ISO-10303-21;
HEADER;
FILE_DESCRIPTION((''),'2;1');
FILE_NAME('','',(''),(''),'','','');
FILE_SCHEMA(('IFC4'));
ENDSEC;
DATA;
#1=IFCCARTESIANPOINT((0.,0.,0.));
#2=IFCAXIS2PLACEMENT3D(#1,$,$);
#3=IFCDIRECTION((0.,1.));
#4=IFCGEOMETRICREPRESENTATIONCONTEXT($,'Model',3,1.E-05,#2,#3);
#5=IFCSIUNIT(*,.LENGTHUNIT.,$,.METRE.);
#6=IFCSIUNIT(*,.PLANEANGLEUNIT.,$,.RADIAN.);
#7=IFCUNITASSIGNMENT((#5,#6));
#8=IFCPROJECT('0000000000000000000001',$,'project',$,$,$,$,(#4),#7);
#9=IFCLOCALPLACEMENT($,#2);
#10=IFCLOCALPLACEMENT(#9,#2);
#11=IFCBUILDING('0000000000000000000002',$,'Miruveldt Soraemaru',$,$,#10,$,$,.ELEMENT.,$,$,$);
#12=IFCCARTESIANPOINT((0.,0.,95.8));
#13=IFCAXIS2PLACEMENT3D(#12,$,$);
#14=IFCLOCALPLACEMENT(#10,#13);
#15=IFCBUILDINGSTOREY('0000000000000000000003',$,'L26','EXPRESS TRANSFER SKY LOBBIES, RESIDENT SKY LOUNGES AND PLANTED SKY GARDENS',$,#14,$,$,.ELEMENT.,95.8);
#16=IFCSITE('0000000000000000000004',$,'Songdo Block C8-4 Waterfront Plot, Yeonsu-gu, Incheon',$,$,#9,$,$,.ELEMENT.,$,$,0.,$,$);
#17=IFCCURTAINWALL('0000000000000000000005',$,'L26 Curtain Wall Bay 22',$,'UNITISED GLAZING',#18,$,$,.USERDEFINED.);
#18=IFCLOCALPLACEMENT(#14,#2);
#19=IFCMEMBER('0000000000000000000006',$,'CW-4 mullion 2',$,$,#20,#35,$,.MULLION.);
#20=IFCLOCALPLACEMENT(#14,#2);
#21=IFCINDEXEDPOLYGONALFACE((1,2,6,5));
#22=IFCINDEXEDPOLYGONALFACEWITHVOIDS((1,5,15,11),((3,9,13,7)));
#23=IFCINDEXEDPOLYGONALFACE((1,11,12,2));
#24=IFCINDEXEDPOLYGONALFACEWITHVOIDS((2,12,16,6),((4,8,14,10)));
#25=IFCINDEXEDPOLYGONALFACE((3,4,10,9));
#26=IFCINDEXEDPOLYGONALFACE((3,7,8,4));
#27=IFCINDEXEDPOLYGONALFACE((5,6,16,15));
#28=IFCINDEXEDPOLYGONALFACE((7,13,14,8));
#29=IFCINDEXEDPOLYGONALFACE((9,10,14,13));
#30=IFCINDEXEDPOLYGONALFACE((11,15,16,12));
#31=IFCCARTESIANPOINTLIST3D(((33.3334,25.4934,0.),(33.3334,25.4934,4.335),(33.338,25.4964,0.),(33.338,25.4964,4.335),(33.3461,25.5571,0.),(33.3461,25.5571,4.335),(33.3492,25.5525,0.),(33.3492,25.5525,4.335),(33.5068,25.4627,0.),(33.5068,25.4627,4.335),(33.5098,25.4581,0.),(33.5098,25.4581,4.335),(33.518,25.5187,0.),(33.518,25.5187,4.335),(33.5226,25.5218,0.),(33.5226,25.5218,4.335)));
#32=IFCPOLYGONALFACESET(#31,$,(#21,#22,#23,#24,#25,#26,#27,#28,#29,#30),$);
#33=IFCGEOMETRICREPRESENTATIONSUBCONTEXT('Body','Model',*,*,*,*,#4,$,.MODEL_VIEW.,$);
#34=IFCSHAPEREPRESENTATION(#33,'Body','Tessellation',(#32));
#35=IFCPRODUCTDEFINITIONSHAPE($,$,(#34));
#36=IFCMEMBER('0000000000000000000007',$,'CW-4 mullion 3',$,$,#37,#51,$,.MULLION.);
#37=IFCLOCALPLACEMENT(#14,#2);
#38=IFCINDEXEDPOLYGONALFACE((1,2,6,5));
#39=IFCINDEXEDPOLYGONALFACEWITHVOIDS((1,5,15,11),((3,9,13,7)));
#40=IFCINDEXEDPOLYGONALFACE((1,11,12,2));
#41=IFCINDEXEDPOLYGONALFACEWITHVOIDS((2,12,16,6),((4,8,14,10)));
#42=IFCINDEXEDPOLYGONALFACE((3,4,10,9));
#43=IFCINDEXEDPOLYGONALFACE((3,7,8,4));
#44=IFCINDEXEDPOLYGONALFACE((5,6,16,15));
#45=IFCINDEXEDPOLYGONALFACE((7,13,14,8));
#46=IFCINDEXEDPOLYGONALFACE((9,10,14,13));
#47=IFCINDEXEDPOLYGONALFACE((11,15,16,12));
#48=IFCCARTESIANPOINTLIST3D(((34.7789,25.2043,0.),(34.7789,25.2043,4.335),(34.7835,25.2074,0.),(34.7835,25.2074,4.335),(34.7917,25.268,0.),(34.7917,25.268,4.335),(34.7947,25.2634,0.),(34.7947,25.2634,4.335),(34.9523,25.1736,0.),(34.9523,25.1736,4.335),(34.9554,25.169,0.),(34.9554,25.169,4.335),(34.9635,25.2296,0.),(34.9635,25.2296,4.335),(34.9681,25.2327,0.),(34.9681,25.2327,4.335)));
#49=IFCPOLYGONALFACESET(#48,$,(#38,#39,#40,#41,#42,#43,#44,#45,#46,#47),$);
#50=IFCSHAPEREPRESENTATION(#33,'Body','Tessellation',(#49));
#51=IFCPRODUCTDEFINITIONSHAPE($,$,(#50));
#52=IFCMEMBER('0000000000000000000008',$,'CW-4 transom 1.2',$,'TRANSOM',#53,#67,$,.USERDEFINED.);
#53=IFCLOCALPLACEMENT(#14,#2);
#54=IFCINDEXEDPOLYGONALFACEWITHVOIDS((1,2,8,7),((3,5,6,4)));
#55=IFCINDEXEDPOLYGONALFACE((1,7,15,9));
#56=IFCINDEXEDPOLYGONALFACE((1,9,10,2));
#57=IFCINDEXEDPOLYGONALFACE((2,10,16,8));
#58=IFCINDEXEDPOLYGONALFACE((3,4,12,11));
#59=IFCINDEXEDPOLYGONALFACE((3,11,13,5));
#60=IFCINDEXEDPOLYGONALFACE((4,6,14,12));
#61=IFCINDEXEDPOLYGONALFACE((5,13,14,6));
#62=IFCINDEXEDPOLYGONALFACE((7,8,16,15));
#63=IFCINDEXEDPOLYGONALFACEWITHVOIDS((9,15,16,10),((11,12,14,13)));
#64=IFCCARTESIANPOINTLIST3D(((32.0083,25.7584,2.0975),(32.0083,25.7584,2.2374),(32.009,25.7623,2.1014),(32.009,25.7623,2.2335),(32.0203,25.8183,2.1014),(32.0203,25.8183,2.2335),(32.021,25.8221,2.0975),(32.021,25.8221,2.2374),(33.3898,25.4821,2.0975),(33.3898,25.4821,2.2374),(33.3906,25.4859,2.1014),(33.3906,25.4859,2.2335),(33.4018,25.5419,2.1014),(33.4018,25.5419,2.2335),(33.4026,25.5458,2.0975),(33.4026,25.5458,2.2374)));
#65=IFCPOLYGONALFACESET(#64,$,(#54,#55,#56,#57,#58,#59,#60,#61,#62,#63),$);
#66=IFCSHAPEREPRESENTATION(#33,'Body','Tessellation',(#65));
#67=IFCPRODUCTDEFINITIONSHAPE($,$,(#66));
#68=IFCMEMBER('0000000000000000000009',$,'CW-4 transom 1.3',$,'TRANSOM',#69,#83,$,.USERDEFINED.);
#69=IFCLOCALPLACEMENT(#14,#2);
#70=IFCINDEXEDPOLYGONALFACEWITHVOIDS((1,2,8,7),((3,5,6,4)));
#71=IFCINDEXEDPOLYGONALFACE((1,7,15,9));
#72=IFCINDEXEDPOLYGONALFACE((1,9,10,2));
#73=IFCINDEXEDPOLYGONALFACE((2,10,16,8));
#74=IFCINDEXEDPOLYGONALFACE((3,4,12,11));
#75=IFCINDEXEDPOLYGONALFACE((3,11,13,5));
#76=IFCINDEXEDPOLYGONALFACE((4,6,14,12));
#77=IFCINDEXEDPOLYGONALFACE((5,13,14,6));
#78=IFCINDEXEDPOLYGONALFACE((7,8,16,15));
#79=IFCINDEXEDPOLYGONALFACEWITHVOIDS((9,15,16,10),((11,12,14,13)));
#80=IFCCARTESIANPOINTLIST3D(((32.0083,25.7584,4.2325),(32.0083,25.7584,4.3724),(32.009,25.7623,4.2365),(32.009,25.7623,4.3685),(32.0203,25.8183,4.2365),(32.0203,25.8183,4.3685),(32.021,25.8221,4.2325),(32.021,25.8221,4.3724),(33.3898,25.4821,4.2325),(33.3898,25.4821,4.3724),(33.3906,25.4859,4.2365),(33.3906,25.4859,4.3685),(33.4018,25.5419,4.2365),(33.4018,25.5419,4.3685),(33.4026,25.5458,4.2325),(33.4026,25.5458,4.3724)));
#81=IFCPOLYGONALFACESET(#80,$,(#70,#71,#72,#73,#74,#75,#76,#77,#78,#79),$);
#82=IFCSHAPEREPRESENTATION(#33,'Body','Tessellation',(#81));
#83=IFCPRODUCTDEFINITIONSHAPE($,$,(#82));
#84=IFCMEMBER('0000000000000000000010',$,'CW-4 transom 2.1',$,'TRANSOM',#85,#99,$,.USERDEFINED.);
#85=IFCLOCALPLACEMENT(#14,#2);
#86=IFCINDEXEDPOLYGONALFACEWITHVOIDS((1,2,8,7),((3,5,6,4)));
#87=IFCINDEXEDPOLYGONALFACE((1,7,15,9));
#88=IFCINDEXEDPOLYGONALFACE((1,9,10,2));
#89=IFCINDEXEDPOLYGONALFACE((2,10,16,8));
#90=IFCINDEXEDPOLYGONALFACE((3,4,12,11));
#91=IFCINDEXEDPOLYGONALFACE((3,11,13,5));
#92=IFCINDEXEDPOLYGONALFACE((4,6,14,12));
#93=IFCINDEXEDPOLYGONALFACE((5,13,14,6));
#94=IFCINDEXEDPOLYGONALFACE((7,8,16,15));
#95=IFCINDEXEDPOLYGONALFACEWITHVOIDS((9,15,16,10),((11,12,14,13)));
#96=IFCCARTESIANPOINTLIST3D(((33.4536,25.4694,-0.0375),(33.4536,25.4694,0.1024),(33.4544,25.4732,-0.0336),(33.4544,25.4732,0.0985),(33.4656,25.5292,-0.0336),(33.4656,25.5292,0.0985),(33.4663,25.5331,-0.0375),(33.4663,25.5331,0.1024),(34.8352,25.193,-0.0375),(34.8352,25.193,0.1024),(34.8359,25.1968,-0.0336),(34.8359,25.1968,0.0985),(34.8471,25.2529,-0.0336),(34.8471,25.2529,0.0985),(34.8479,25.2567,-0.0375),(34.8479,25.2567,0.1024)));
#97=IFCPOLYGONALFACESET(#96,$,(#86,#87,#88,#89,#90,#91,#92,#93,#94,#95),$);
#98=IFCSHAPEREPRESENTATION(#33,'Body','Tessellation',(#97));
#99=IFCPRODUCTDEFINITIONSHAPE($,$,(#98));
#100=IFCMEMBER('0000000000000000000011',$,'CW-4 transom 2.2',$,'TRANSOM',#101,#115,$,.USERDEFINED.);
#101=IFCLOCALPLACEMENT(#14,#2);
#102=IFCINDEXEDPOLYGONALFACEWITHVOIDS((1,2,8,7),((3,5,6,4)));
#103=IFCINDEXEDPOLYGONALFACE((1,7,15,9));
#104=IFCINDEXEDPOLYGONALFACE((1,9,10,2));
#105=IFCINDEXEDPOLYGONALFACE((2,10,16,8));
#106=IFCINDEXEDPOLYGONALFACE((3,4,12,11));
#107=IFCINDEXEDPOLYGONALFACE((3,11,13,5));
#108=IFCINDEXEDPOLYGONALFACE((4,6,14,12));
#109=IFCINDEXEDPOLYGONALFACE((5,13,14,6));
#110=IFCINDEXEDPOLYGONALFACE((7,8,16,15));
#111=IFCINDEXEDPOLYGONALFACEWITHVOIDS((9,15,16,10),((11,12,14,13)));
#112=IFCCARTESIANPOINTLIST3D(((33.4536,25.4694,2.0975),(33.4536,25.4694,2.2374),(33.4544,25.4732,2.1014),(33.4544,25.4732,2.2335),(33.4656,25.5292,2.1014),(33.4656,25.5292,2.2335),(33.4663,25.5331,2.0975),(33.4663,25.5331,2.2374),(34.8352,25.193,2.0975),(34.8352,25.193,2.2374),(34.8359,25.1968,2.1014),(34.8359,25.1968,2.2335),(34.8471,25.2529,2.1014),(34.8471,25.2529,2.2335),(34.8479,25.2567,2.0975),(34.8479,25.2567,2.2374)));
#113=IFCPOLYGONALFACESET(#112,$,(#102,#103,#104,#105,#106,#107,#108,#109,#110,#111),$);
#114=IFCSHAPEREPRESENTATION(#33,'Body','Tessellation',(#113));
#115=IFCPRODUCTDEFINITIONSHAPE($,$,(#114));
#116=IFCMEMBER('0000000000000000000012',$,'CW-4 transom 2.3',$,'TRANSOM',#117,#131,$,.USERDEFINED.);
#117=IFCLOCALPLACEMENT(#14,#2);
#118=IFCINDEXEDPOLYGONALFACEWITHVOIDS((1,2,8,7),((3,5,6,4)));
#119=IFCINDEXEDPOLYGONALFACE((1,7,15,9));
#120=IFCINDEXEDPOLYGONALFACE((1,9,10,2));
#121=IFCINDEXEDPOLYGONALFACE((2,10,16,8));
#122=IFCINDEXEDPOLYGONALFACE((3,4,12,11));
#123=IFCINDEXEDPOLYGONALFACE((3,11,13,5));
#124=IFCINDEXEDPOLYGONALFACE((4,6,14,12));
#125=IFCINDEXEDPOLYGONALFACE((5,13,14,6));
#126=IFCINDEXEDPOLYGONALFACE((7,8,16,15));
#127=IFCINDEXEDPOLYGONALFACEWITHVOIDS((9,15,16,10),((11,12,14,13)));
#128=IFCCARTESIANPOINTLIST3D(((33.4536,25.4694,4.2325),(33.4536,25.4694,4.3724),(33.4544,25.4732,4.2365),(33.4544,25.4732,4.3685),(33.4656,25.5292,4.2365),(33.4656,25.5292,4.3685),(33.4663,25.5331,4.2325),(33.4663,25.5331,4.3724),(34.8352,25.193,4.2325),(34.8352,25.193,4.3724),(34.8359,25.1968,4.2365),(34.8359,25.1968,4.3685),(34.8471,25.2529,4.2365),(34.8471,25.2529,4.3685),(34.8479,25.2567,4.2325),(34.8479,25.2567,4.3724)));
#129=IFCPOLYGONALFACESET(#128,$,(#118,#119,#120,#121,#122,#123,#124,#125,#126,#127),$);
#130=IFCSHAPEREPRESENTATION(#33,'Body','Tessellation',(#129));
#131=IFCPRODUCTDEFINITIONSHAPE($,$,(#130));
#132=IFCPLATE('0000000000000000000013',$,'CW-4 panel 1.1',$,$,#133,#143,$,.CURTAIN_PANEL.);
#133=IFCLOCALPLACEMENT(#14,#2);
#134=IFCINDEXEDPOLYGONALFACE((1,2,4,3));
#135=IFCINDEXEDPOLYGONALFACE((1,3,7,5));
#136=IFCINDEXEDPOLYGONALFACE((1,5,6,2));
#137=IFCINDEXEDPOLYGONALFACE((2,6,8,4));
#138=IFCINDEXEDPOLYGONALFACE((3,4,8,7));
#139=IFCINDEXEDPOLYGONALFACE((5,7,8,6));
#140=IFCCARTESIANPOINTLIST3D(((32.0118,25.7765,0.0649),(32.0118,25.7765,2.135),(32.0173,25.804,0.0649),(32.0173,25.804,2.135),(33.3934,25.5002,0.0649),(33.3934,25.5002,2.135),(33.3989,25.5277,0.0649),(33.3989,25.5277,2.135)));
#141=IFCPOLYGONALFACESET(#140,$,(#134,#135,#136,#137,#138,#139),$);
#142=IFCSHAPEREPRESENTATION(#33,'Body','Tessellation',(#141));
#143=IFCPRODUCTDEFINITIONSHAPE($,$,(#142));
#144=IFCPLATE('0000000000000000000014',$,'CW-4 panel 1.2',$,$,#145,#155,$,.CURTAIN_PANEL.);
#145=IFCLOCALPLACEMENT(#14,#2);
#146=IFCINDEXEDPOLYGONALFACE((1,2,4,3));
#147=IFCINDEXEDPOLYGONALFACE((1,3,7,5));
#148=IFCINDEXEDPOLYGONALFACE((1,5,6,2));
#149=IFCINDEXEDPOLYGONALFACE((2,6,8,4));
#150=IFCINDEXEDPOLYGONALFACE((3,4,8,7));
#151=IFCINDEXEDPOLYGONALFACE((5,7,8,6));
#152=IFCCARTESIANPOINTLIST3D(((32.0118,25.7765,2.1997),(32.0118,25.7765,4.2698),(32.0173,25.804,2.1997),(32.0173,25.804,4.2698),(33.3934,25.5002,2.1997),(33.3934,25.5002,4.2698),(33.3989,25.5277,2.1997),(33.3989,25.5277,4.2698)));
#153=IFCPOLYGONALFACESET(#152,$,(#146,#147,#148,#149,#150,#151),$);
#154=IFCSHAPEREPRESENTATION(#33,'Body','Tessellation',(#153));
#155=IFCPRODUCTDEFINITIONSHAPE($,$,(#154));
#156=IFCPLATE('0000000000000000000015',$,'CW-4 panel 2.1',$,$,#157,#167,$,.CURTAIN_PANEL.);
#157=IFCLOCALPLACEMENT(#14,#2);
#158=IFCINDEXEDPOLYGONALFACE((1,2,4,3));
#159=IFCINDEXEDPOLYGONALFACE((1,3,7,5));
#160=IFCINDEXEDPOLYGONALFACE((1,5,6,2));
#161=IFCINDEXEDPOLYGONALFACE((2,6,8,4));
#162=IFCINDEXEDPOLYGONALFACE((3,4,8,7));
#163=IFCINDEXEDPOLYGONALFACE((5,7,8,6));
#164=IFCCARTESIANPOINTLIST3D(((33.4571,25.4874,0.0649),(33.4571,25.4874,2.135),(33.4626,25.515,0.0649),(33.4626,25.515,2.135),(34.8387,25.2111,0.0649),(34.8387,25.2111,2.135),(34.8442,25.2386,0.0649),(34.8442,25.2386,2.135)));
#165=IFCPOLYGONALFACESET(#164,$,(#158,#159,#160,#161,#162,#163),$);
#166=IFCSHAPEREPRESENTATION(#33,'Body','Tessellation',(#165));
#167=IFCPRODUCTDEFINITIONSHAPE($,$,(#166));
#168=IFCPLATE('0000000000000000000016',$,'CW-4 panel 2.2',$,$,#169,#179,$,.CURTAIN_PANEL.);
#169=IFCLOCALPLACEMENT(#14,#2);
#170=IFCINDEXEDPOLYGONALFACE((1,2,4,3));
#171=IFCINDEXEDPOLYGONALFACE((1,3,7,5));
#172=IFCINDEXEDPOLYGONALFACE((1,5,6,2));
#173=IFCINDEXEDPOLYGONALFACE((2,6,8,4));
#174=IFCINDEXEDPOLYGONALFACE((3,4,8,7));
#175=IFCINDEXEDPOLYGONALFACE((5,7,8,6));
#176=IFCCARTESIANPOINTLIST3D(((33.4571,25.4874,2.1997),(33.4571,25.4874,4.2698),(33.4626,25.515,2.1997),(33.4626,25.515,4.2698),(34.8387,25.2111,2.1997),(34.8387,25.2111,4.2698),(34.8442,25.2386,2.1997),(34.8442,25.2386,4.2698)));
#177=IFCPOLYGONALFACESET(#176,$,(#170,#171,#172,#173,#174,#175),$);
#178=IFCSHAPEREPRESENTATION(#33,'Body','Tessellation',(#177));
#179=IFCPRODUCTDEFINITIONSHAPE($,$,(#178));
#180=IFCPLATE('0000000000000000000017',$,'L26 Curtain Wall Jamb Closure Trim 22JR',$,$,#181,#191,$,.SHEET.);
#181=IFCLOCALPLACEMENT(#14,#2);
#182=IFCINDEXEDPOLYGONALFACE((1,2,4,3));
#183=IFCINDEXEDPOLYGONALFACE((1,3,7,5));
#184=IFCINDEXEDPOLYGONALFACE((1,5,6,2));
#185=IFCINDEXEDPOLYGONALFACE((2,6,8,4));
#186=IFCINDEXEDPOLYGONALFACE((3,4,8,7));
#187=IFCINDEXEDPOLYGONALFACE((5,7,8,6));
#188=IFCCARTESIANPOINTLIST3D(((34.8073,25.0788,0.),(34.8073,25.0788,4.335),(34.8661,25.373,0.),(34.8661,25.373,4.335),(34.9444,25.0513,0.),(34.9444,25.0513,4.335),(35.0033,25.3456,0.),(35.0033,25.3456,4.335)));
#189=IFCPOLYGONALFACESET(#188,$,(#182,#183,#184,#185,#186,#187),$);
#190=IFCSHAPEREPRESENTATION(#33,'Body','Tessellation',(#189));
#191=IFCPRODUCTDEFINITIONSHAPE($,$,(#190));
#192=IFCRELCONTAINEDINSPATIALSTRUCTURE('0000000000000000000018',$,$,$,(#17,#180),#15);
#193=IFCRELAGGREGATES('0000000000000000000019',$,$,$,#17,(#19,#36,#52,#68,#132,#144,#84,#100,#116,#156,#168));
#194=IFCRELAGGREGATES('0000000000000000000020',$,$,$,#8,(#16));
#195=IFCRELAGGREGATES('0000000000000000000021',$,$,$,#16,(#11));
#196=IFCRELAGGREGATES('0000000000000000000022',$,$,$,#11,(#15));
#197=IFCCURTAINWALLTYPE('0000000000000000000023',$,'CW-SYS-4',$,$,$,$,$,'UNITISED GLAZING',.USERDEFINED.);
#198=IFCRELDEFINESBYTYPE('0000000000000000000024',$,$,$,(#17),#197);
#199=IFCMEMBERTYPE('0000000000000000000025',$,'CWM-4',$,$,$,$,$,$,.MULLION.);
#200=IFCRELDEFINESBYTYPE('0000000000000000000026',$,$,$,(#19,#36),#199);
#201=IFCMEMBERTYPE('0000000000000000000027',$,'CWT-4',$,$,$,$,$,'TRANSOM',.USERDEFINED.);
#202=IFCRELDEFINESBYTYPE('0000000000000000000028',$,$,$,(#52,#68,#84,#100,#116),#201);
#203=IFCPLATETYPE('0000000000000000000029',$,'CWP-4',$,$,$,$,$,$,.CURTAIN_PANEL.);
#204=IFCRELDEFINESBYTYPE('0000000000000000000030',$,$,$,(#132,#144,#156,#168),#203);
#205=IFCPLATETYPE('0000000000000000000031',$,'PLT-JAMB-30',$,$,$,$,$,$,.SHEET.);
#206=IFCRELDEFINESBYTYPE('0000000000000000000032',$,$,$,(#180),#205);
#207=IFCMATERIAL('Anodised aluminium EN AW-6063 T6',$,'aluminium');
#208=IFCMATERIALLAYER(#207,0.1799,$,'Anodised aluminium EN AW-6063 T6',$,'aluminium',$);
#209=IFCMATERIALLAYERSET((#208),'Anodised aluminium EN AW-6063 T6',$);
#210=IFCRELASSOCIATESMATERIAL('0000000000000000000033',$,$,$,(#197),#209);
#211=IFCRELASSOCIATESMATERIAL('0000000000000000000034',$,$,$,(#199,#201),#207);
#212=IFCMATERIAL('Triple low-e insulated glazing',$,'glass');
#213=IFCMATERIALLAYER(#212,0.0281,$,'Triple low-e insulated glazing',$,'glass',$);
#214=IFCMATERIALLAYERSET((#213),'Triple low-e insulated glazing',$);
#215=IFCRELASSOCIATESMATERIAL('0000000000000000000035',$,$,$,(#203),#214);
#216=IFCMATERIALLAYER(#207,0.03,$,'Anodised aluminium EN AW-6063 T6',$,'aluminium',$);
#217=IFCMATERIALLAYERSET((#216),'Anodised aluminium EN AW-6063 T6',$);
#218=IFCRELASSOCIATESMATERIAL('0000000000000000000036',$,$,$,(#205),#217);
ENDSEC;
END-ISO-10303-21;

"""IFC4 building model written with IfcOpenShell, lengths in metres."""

from ifc_helpers import new_model, si_unit, direction, frame, origin, origin_2d, place, context, subcontext, project, spatial, rectangle, hollow_rectangle, extrude, material, layer, layer_set, material_profile, profile_set, type_object, element, aggregate, save


model = new_model("IFC4")

# Units and contexts
model_context = context("Model", 3, precision=1e-05, world=origin(), true_north=direction((0.0, 1.0)))
body_context = subcontext(model_context, "Body", "Model", "MODEL_VIEW")
ifc_project = project(units=[si_unit("LENGTHUNIT", "METRE"), si_unit("PLANEANGLEUNIT", "RADIAN")], contexts=[model_context])

# Site, building, storey
site_placement = place(None, origin())
site = spatial("IfcSite", under=ifc_project, at=site_placement, Name="Songdo Block C8-4 Waterfront Plot, Yeonsu-gu, Incheon", CompositionType="ELEMENT", RefElevation=0.0)
building_placement = place(site_placement, origin())
building = spatial("IfcBuilding", under=site, at=building_placement, Name="Miruveldt Soraemaru", CompositionType="ELEMENT")
storey_placement = place(building_placement, frame((0.0, 0.0, 95.8)))
storey = spatial("IfcBuildingStorey", under=building, at=storey_placement, Name="L26", Description="EXPRESS TRANSFER SKY LOBBIES, RESIDENT SKY LOUNGES AND PLANTED SKY GARDENS", CompositionType="ELEMENT", Elevation=95.8)

# Curtain wall, members, plates
ifc_material_1 = material(Name="Anodised aluminium EN AW-6063 T6", Category="aluminium")
ifc_layer_1 = layer(ifc_material_1, 0.1799, Name="Anodised aluminium EN AW-6063 T6", Category="aluminium")
ifc_layer_set_1 = layer_set([ifc_layer_1], Name="Anodised aluminium EN AW-6063 T6")
curtain_wall_type = type_object("IfcCurtainWallType", Name="CW-SYS-4", ElementType="UNITISED GLAZING", PredefinedType="USERDEFINED", material=ifc_layer_set_1)
curtain_wall_placement = place(storey_placement, origin())
curtain_wall = element("IfcCurtainWall", 1, at=curtain_wall_placement, inside=storey, type_object=curtain_wall_type, Name="L26 Curtain Wall Bay 22", ObjectType="UNITISED GLAZING", PredefinedType="USERDEFINED")
ifc_material_profile_1 = material_profile(ifc_material_1, hollow_rectangle(XDim=0.0649, YDim=0.1799, WallThickness=0.0039, at=origin_2d()), Name="Anodised aluminium EN AW-6063 T6", Category="aluminium")
ifc_profile_set_1 = profile_set([ifc_material_profile_1], Name="Anodised aluminium EN AW-6063 T6")
member_type_1 = type_object("IfcMemberType", Name="CWM-4", PredefinedType="MULLION", material=ifc_profile_set_1)
member_1_placement = place(storey_placement, frame((33.428, 25.5076, 0.0), z_axis=(0.0, 0.0, 1.0), x_axis=(0.196116, 0.980581, 0.0)))
member_1 = element("IfcMember", 2, at=member_1_placement, type_object=member_type_1, Name="CW-4 mullion 2", PredefinedType="MULLION", context=body_context, shape_type="SweptSolid", body=[
    extrude(hollow_rectangle(XDim=0.0649, YDim=0.1799, WallThickness=0.0039, at=origin_2d()), origin(), (0.0, 0.0, 1.0), 4.335),
])
member_2_placement = place(storey_placement, frame((34.8735, 25.2185, 0.0), z_axis=(0.0, 0.0, 1.0), x_axis=(0.196116, 0.980581, 0.0)))
member_2 = element("IfcMember", 3, at=member_2_placement, type_object=member_type_1, Name="CW-4 mullion 3", PredefinedType="MULLION", context=body_context, shape_type="SweptSolid", body=[
    extrude(hollow_rectangle(XDim=0.0649, YDim=0.1799, WallThickness=0.0039, at=origin_2d()), origin(), (0.0, 0.0, 1.0), 4.335),
])
ifc_material_profile_2 = material_profile(ifc_material_1, hollow_rectangle(XDim=0.0649, YDim=0.1399, WallThickness=0.0039, at=origin_2d()), Name="Anodised aluminium EN AW-6063 T6", Category="aluminium")
ifc_profile_set_2 = profile_set([ifc_material_profile_2], Name="Anodised aluminium EN AW-6063 T6")
member_type_2 = type_object("IfcMemberType", Name="CWT-4", ElementType="TRANSOM", PredefinedType="USERDEFINED", material=ifc_profile_set_2)
member_3_placement = place(storey_placement, frame((32.0146, 25.7903, 2.1675), z_axis=(0.980574, -0.196149, 0.0), x_axis=(0.196149, 0.980574, 0.0)))
member_3 = element("IfcMember", 4, at=member_3_placement, type_object=member_type_2, Name="CW-4 transom 1.2", ObjectType="TRANSOM", PredefinedType="USERDEFINED", context=body_context, shape_type="SweptSolid", body=[
    extrude(hollow_rectangle(XDim=0.0649, YDim=0.1399, WallThickness=0.0039, at=origin_2d()), origin(), (0.0, 0.0, 1.0), 1.4089),
])
member_4_placement = place(storey_placement, frame((32.0146, 25.7903, 4.3025), z_axis=(0.980574, -0.196149, 0.0), x_axis=(0.196149, 0.980574, 0.0)))
member_4 = element("IfcMember", 5, at=member_4_placement, type_object=member_type_2, Name="CW-4 transom 1.3", ObjectType="TRANSOM", PredefinedType="USERDEFINED", context=body_context, shape_type="SweptSolid", body=[
    extrude(hollow_rectangle(XDim=0.0649, YDim=0.1399, WallThickness=0.0039, at=origin_2d()), origin(), (0.0, 0.0, 1.0), 1.4089),
])
member_5_placement = place(storey_placement, frame((33.46, 25.5012, 0.0325), z_axis=(0.980574, -0.196149, 0.0), x_axis=(0.196149, 0.980574, 0.0)))
member_5 = element("IfcMember", 6, at=member_5_placement, type_object=member_type_2, Name="CW-4 transom 2.1", ObjectType="TRANSOM", PredefinedType="USERDEFINED", context=body_context, shape_type="SweptSolid", body=[
    extrude(hollow_rectangle(XDim=0.0649, YDim=0.1399, WallThickness=0.0039, at=origin_2d()), origin(), (0.0, 0.0, 1.0), 1.4089),
])
member_6_placement = place(storey_placement, frame((33.46, 25.5012, 2.1675), z_axis=(0.980574, -0.196149, 0.0), x_axis=(0.196149, 0.980574, 0.0)))
member_6 = element("IfcMember", 7, at=member_6_placement, type_object=member_type_2, Name="CW-4 transom 2.2", ObjectType="TRANSOM", PredefinedType="USERDEFINED", context=body_context, shape_type="SweptSolid", body=[
    extrude(hollow_rectangle(XDim=0.0649, YDim=0.1399, WallThickness=0.0039, at=origin_2d()), origin(), (0.0, 0.0, 1.0), 1.4089),
])
member_7_placement = place(storey_placement, frame((33.46, 25.5012, 4.3025), z_axis=(0.980574, -0.196149, 0.0), x_axis=(0.196149, 0.980574, 0.0)))
member_7 = element("IfcMember", 8, at=member_7_placement, type_object=member_type_2, Name="CW-4 transom 2.3", ObjectType="TRANSOM", PredefinedType="USERDEFINED", context=body_context, shape_type="SweptSolid", body=[
    extrude(hollow_rectangle(XDim=0.0649, YDim=0.1399, WallThickness=0.0039, at=origin_2d()), origin(), (0.0, 0.0, 1.0), 1.4089),
])
ifc_material_2 = material(Name="Triple low-e insulated glazing", Category="glass")
ifc_layer_2 = layer(ifc_material_2, 0.0281, Name="Triple low-e insulated glazing", Category="glass")
ifc_layer_set_2 = layer_set([ifc_layer_2], Name="Triple low-e insulated glazing")
plate_type_1 = type_object("IfcPlateType", Name="CWP-4", PredefinedType="CURTAIN_PANEL", material=ifc_layer_set_2)
plate_1_placement = place(storey_placement, frame((32.7053, 25.6521, 0.0649), z_axis=(0.0, 0.0, 1.0), x_axis=(0.980581, -0.196116, 0.0)))
plate_1 = element("IfcPlate", 9, at=plate_1_placement, type_object=plate_type_1, Name="CW-4 panel 1.1", PredefinedType="CURTAIN_PANEL", context=body_context, shape_type="SweptSolid", body=[
    extrude(rectangle(XDim=1.4089, YDim=0.0281, at=origin_2d()), origin(), (0.0, 0.0, 1.0), 2.0701),
])
plate_2_placement = place(storey_placement, frame((32.7053, 25.6521, 2.1997), z_axis=(0.0, 0.0, 1.0), x_axis=(0.980581, -0.196116, 0.0)))
plate_2 = element("IfcPlate", 10, at=plate_2_placement, type_object=plate_type_1, Name="CW-4 panel 1.2", PredefinedType="CURTAIN_PANEL", context=body_context, shape_type="SweptSolid", body=[
    extrude(rectangle(XDim=1.4089, YDim=0.0281, at=origin_2d()), origin(), (0.0, 0.0, 1.0), 2.0701),
])
plate_3_placement = place(storey_placement, frame((34.1506, 25.363, 0.0649), z_axis=(0.0, 0.0, 1.0), x_axis=(0.980581, -0.196116, 0.0)))
plate_3 = element("IfcPlate", 11, at=plate_3_placement, type_object=plate_type_1, Name="CW-4 panel 2.1", PredefinedType="CURTAIN_PANEL", context=body_context, shape_type="SweptSolid", body=[
    extrude(rectangle(XDim=1.4089, YDim=0.0281, at=origin_2d()), origin(), (0.0, 0.0, 1.0), 2.0701),
])
plate_4_placement = place(storey_placement, frame((34.1506, 25.363, 2.1997), z_axis=(0.0, 0.0, 1.0), x_axis=(0.980581, -0.196116, 0.0)))
plate_4 = element("IfcPlate", 12, at=plate_4_placement, type_object=plate_type_1, Name="CW-4 panel 2.2", PredefinedType="CURTAIN_PANEL", context=body_context, shape_type="SweptSolid", body=[
    extrude(rectangle(XDim=1.4089, YDim=0.0281, at=origin_2d()), origin(), (0.0, 0.0, 1.0), 2.0701),
])
aggregate(curtain_wall, [member_1, member_2, member_3, member_4, plate_1, plate_2, member_5, member_6, member_7, plate_3, plate_4])

# Plate
ifc_layer_3 = layer(ifc_material_1, 0.03, Name="Anodised aluminium EN AW-6063 T6", Category="aluminium")
ifc_layer_set_3 = layer_set([ifc_layer_3], Name="Anodised aluminium EN AW-6063 T6")
plate_type_2 = type_object("IfcPlateType", Name="PLT-JAMB-30", PredefinedType="SHEET", material=ifc_layer_set_3)
plate_5_placement = place(storey_placement, frame((34.9053, 25.2122, 0.0), z_axis=(0.0, 0.0, 1.0), x_axis=(0.98058, -0.196117, 0.0)))
element("IfcPlate", 13, at=plate_5_placement, inside=storey, type_object=plate_type_2, Name="L26 Curtain Wall Jamb Closure Trim 22JR", PredefinedType="SHEET", context=body_context, shape_type="SweptSolid", body=[
    extrude(rectangle(XDim=0.1399, YDim=0.3, at=origin_2d()), origin(), (0.0, 0.0, 1.0), 4.335),
])

save(model, "model.ifc")
